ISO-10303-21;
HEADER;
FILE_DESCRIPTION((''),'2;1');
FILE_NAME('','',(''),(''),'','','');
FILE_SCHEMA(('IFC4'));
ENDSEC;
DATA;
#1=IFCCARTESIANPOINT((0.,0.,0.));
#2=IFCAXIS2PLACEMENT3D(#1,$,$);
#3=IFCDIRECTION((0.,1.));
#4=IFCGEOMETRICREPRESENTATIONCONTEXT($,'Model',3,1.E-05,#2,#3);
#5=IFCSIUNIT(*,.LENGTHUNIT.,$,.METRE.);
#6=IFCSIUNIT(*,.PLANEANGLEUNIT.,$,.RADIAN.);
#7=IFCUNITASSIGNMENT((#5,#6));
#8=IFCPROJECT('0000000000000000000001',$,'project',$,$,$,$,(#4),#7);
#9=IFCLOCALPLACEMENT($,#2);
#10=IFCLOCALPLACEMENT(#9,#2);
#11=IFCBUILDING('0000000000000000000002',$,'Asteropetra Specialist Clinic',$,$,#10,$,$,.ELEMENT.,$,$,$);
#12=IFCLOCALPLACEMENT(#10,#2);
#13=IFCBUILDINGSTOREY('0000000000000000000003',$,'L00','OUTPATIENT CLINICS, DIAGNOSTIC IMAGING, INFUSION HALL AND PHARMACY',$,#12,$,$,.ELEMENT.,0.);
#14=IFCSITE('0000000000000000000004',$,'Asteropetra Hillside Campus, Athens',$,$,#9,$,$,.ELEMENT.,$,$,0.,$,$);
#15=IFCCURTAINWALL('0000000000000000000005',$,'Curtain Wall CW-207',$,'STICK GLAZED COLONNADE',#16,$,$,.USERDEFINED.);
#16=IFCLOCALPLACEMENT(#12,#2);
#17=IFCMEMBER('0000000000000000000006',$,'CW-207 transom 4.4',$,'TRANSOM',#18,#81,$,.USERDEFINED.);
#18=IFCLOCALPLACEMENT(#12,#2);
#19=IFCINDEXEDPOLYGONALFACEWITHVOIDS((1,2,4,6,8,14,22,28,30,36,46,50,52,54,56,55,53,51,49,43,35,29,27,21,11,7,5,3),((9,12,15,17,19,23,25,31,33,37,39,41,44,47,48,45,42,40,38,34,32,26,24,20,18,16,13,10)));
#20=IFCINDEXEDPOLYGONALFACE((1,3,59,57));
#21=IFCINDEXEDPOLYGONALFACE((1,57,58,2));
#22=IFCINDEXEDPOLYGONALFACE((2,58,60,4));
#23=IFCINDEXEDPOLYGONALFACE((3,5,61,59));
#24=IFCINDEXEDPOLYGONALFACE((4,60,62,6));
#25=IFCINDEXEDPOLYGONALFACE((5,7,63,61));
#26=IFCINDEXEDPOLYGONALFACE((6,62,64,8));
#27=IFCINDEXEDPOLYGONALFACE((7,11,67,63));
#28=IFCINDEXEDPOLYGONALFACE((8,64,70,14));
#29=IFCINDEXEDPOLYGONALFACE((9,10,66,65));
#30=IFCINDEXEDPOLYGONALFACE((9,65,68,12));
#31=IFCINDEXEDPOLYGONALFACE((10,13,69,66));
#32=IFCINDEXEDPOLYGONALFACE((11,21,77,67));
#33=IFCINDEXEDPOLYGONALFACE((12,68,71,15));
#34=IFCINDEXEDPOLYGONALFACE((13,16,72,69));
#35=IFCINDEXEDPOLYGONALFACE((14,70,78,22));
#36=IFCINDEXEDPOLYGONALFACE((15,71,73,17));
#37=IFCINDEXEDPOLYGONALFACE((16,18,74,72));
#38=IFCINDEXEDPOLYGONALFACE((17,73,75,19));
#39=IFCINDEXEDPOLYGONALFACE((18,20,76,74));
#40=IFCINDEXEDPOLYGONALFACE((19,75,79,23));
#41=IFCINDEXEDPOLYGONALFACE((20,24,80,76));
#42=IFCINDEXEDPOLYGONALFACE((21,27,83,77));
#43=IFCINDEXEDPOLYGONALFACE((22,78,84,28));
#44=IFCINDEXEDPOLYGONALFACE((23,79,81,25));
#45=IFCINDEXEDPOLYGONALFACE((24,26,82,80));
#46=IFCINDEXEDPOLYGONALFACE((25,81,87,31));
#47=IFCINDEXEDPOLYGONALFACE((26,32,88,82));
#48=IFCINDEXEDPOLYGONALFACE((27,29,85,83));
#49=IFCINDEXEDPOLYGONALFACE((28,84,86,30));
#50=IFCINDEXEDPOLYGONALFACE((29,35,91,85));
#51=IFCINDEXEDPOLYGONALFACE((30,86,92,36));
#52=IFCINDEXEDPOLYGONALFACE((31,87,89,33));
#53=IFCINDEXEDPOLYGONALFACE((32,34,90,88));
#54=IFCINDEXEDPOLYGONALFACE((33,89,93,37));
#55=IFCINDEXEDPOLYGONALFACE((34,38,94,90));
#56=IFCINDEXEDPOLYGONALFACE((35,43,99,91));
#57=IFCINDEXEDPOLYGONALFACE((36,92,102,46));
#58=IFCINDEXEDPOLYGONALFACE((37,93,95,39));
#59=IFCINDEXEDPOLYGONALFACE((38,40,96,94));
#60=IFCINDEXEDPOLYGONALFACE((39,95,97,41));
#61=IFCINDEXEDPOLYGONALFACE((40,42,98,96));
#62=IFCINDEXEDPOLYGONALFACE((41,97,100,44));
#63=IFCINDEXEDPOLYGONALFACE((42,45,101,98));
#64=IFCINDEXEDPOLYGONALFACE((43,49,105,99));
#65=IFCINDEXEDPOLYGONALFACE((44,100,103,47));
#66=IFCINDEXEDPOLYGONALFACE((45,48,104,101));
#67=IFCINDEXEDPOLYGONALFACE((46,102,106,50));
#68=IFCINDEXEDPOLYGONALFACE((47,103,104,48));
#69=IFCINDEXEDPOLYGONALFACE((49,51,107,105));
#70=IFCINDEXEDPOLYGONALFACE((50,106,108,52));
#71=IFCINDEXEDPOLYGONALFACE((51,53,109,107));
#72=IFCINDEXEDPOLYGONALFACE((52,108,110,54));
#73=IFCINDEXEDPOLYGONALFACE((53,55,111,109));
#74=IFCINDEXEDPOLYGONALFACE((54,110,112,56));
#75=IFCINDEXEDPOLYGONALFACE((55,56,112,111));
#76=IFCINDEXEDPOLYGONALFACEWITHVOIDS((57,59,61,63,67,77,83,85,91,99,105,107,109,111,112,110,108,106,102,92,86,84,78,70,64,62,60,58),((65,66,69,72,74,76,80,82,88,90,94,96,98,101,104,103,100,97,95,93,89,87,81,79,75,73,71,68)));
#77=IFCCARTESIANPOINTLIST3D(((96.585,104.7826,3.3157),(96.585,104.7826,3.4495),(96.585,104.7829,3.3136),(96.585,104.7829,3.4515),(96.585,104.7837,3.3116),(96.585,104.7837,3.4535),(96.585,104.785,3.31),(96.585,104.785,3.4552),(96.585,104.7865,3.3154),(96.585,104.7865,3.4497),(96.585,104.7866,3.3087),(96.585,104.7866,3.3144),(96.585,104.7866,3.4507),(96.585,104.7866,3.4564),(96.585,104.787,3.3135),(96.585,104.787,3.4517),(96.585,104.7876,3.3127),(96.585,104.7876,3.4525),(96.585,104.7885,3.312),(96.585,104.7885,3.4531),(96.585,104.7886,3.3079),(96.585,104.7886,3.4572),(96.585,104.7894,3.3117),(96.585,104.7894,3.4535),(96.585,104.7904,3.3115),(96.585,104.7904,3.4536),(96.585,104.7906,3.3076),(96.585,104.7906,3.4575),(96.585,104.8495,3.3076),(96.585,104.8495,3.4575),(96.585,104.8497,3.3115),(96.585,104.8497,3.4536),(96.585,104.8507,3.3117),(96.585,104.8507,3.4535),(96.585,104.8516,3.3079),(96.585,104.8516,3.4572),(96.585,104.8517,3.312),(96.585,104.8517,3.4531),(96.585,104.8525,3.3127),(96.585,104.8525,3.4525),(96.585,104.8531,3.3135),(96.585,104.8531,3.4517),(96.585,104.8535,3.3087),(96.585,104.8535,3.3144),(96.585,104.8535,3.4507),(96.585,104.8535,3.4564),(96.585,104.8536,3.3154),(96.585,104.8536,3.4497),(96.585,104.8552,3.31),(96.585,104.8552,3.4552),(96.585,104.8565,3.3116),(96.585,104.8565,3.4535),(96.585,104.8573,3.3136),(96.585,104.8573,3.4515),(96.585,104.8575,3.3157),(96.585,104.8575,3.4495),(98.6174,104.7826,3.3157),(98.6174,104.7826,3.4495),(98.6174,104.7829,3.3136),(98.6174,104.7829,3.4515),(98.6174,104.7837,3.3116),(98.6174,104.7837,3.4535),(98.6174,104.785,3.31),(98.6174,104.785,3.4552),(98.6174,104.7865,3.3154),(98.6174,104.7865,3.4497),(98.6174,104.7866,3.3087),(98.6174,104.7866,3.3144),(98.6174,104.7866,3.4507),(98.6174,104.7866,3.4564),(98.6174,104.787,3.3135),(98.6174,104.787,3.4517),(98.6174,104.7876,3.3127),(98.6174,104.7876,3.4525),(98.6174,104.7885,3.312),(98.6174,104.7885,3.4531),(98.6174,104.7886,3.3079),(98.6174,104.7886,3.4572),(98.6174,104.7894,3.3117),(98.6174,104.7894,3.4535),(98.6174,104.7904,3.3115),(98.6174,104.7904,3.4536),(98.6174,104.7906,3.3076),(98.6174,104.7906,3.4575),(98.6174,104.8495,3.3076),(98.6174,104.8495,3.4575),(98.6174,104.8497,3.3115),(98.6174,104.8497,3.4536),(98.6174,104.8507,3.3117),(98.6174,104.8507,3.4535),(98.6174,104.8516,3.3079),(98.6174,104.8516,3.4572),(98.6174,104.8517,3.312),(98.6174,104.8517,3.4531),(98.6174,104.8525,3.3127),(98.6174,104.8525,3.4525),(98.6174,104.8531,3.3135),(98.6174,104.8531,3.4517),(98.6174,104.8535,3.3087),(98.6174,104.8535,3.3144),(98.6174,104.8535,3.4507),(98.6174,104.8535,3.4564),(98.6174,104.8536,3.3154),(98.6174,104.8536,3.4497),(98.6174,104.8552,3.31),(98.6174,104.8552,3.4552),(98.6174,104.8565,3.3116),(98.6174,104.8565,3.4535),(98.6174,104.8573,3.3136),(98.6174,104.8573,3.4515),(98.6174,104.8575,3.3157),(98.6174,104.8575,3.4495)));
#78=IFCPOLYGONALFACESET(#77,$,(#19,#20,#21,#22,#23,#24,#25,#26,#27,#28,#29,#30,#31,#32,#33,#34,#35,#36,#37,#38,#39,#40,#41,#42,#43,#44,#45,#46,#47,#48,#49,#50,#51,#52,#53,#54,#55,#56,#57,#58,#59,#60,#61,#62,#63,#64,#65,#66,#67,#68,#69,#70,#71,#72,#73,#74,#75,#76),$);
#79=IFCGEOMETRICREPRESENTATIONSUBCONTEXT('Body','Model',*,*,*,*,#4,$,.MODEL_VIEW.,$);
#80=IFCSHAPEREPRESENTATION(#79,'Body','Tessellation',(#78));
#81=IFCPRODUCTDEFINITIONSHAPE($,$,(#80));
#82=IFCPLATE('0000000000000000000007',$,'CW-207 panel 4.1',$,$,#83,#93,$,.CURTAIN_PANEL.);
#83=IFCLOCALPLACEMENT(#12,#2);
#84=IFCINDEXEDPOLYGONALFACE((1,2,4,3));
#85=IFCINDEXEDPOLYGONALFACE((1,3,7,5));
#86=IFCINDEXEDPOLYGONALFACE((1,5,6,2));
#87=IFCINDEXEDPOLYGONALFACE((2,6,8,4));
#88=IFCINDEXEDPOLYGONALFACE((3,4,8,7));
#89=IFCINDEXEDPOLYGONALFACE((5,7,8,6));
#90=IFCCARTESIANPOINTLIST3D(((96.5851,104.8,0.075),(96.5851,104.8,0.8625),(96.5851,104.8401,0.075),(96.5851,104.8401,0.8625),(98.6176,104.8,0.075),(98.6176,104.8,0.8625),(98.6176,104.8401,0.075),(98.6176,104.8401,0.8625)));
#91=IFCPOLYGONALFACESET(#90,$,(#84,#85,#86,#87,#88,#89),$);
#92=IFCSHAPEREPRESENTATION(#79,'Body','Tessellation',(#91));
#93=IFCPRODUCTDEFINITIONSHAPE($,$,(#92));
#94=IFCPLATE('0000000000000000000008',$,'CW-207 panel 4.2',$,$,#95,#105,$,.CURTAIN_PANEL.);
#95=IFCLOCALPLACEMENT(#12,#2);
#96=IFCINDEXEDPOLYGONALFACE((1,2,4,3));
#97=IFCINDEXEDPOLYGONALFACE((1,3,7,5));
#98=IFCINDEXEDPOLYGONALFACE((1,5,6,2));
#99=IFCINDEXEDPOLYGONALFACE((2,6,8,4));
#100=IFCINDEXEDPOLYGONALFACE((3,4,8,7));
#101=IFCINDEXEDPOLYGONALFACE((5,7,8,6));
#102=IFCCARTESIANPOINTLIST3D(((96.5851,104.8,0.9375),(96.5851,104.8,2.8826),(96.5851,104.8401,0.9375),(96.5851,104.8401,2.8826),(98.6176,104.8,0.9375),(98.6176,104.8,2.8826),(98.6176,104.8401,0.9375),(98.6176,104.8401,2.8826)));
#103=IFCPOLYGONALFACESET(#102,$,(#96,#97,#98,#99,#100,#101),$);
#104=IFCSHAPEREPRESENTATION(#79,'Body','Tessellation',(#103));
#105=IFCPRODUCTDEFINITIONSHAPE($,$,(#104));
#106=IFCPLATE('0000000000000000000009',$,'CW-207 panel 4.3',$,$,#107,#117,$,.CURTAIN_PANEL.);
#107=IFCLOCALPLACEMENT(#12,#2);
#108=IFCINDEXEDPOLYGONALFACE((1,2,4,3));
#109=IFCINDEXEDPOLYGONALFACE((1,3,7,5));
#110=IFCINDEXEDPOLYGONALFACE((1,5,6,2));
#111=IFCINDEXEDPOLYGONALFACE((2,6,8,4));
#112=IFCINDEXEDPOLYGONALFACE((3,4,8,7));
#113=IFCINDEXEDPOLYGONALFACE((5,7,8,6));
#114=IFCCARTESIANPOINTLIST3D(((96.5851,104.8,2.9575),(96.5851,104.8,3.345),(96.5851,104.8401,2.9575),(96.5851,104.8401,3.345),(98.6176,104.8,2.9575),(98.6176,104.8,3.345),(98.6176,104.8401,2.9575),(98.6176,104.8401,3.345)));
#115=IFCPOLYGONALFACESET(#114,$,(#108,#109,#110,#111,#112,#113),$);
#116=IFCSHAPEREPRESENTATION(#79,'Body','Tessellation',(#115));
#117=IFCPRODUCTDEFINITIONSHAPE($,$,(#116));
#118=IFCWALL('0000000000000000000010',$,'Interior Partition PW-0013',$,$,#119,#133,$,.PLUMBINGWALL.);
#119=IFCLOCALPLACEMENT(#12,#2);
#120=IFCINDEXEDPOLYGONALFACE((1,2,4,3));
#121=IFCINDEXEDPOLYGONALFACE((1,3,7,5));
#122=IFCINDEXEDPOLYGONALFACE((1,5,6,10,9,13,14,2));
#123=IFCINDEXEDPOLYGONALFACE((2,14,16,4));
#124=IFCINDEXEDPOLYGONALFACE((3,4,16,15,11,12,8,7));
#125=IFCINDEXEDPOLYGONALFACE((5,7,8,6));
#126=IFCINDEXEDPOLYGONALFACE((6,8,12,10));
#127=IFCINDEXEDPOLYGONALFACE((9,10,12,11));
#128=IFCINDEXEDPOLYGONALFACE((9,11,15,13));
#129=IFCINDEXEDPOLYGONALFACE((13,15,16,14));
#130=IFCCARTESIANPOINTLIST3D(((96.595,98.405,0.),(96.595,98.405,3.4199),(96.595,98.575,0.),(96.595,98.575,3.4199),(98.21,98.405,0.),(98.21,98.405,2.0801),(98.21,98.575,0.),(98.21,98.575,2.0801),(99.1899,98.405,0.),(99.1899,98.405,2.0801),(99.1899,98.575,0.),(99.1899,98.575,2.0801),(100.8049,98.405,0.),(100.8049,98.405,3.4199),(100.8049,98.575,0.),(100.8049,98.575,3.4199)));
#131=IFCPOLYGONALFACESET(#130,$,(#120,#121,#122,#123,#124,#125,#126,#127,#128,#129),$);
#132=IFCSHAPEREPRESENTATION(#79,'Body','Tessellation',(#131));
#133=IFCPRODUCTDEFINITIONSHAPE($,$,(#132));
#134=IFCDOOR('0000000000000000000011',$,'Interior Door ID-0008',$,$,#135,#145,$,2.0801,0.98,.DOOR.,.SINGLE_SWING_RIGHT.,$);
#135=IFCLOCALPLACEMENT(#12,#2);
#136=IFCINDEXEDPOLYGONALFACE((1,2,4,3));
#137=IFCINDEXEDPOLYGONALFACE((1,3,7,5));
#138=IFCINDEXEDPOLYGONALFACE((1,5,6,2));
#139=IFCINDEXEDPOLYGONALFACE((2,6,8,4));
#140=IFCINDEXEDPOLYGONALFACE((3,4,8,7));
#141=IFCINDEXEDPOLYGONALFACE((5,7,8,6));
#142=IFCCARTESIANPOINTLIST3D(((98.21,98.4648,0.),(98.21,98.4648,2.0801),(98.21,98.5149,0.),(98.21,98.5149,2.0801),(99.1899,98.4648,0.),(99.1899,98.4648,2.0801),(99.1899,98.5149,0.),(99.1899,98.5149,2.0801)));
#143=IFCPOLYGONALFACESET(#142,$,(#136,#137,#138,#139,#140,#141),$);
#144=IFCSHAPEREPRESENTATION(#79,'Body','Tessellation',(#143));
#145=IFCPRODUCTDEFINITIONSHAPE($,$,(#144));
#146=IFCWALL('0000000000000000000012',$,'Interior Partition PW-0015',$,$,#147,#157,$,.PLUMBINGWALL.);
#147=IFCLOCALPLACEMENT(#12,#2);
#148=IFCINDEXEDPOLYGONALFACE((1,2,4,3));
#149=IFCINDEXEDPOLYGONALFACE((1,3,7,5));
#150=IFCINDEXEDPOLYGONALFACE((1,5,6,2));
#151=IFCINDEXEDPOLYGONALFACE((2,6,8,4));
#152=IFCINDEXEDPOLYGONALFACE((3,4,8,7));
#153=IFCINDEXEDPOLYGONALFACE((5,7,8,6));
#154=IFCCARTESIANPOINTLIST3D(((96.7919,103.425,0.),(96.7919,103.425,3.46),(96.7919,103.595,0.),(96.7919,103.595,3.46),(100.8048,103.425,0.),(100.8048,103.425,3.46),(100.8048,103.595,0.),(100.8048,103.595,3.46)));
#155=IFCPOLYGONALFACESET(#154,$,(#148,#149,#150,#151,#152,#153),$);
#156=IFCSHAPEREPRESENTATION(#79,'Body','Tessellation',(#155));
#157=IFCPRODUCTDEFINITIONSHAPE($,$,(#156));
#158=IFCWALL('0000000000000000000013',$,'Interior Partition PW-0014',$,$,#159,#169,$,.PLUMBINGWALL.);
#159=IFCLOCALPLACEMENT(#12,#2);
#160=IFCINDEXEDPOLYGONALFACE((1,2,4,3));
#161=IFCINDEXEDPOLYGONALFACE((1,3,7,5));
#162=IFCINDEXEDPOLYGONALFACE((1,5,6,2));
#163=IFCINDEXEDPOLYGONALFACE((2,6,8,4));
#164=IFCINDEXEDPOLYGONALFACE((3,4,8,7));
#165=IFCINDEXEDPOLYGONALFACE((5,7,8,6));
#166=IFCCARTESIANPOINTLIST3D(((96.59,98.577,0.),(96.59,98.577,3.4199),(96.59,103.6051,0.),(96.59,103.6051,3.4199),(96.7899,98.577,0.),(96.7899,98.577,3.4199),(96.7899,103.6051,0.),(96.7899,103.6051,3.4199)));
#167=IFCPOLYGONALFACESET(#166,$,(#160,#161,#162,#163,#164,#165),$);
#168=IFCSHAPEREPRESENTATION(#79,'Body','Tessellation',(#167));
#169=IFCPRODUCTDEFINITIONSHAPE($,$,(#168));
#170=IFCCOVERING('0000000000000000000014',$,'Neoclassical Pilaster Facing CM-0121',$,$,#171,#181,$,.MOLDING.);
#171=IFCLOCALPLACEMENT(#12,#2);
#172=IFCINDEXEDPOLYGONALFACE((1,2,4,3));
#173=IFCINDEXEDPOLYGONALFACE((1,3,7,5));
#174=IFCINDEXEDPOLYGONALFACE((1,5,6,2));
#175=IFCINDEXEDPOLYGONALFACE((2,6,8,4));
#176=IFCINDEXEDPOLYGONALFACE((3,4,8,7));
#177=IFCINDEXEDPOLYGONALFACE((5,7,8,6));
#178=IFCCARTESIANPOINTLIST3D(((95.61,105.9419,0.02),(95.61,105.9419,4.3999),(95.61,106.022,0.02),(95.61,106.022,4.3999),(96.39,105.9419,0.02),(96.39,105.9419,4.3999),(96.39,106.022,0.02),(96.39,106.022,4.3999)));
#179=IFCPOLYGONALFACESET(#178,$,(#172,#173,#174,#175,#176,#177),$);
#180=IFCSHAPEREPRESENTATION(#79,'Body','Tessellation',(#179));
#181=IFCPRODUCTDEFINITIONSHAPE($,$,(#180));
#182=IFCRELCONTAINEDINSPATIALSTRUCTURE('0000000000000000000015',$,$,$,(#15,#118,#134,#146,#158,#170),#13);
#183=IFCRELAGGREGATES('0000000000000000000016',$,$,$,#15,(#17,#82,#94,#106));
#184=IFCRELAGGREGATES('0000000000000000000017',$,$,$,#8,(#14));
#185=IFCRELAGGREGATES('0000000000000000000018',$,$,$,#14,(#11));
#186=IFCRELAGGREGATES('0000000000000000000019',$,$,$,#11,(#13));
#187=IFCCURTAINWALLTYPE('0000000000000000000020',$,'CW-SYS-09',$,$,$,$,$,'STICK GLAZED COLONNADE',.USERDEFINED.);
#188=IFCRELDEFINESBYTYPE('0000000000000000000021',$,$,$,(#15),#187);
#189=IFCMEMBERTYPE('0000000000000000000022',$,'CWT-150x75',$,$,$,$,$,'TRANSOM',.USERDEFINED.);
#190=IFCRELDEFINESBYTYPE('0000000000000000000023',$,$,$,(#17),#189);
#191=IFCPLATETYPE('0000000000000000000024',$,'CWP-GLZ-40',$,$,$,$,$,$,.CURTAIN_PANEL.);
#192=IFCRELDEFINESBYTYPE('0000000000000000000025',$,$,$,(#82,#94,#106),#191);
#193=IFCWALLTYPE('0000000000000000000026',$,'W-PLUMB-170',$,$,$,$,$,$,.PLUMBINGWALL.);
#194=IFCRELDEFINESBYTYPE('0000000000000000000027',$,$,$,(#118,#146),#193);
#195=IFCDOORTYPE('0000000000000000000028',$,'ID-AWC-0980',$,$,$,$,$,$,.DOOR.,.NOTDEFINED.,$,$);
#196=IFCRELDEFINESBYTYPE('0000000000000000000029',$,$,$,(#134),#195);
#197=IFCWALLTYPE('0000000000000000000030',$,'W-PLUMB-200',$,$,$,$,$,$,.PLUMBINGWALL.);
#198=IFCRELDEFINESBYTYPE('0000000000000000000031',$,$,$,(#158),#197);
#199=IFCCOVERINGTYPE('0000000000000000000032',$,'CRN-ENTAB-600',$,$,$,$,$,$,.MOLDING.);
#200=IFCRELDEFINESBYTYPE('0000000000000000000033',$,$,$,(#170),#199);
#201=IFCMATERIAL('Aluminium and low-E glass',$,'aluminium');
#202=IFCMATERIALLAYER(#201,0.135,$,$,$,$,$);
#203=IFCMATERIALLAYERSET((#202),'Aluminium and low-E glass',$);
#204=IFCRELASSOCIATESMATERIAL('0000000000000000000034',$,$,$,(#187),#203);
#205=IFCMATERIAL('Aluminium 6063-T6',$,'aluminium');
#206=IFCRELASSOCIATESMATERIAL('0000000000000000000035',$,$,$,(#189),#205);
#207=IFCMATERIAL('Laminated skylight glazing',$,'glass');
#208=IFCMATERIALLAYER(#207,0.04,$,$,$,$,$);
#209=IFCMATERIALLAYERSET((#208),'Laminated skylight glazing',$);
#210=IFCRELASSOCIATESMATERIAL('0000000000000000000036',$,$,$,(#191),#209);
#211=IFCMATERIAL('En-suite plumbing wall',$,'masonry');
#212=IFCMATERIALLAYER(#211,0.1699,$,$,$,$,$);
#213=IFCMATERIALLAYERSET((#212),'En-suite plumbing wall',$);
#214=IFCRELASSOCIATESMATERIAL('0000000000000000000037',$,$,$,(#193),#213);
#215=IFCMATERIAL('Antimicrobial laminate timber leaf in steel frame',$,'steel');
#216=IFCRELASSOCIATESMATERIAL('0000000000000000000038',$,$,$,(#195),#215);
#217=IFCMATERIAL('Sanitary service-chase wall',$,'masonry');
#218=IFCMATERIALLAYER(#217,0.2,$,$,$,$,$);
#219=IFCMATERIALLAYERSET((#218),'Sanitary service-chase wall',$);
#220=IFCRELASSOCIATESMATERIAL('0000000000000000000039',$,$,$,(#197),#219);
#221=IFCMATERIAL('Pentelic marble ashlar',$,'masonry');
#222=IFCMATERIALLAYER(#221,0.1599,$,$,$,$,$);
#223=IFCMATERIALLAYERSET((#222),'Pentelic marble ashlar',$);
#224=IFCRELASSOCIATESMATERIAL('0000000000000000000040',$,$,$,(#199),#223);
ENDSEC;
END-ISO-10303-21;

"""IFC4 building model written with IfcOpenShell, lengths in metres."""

from ifc_helpers import new_model, si_unit, direction, frame, frame_2d, origin, origin_2d, place, context, subcontext, project, spatial, rectangle, hollow_rectangle, extrude, material, layer, layer_set, material_profile, profile_set, type_object, element, fill, aggregate, save


model = new_model("IFC4")

# Units and contexts
model_context = context("Model", 3, precision=1e-05, world=origin(), true_north=direction((0.0, 1.0)))
body_context = subcontext(model_context, "Body", "Model", "MODEL_VIEW")
ifc_project = project(units=[si_unit("LENGTHUNIT", "METRE"), si_unit("PLANEANGLEUNIT", "RADIAN")], contexts=[model_context])

# Site, building, storey
site_placement = place(None, origin())
site = spatial("IfcSite", under=ifc_project, at=site_placement, Name="Asteropetra Hillside Campus, Athens", CompositionType="ELEMENT", RefElevation=0.0)
building_placement = place(site_placement, origin())
building = spatial("IfcBuilding", under=site, at=building_placement, Name="Asteropetra Specialist Clinic", CompositionType="ELEMENT")
storey_placement = place(building_placement, origin())
storey = spatial("IfcBuildingStorey", under=building, at=storey_placement, Name="L00", Description="OUTPATIENT CLINICS, DIAGNOSTIC IMAGING, INFUSION HALL AND PHARMACY", CompositionType="ELEMENT", Elevation=0.0)

# Curtain wall, member, plates
ifc_material_1 = material(Name="Aluminium and low-E glass", Category="aluminium")
ifc_layer_1 = layer(ifc_material_1, 0.135)
ifc_layer_set_1 = layer_set([ifc_layer_1], Name="Aluminium and low-E glass")
curtain_wall_type = type_object("IfcCurtainWallType", Name="CW-SYS-09", ElementType="STICK GLAZED COLONNADE", PredefinedType="USERDEFINED", material=ifc_layer_set_1)
curtain_wall_placement = place(storey_placement, origin())
curtain_wall = element("IfcCurtainWall", 1, at=curtain_wall_placement, inside=storey, type_object=curtain_wall_type, Name="Curtain Wall CW-207", ObjectType="STICK GLAZED COLONNADE", PredefinedType="USERDEFINED")
ifc_material_2 = material(Name="Aluminium 6063-T6", Category="aluminium")
ifc_material_profile_1 = material_profile(ifc_material_2, hollow_rectangle(XDim=0.075, YDim=0.1499, WallThickness=0.0039, InnerFilletRadius=0.0039, OuterFilletRadius=0.0081, at=origin_2d()), Name="TRN 150x75x4.0")
ifc_profile_set_1 = profile_set([ifc_material_profile_1], Name="Aluminium 6063-T6")
member_type_1 = type_object("IfcMemberType", Name="CWT-150x75", ElementType="TRANSOM", PredefinedType="USERDEFINED", material=ifc_profile_set_1)
member_1_placement = place(storey_placement, frame((98.6174, 104.8201, 3.3826), z_axis=(-1.0, 0.0, 0.0), x_axis=(0.0, -1.0, 0.0)))
member_1 = element("IfcMember", 2, at=member_1_placement, type_object=member_type_1, Name="CW-207 transom 4.4", ObjectType="TRANSOM", PredefinedType="USERDEFINED", context=body_context, shape_type="SweptSolid", body=[
    extrude(hollow_rectangle(XDim=0.075, YDim=0.1499, WallThickness=0.0039, InnerFilletRadius=0.0039, OuterFilletRadius=0.0081, at=origin_2d()), origin(), (0.0, 0.0, 1.0), 2.0325),
])
ifc_material_3 = material(Name="Laminated skylight glazing", Category="glass")
ifc_layer_2 = layer(ifc_material_3, 0.04)
ifc_layer_set_2 = layer_set([ifc_layer_2], Name="Laminated skylight glazing")
plate_type = type_object("IfcPlateType", Name="CWP-GLZ-40", PredefinedType="CURTAIN_PANEL", material=ifc_layer_set_2)
plate_1_placement = place(storey_placement, frame((97.6013, 104.8201, 0.075), z_axis=(0.0, 0.0, 1.0), x_axis=(-1.0, 0.0, 0.0)))
plate_1 = element("IfcPlate", 3, at=plate_1_placement, type_object=plate_type, Name="CW-207 panel 4.1", PredefinedType="CURTAIN_PANEL", context=body_context, shape_type="SweptSolid", body=[
    extrude(rectangle(XDim=2.0325, YDim=0.04, at=origin_2d()), origin(), (0.0, 0.0, 1.0), 0.7876),
])
plate_2_placement = place(storey_placement, frame((97.6013, 104.8201, 0.9375), z_axis=(0.0, 0.0, 1.0), x_axis=(-1.0, 0.0, 0.0)))
plate_2 = element("IfcPlate", 4, at=plate_2_placement, type_object=plate_type, Name="CW-207 panel 4.2", PredefinedType="CURTAIN_PANEL", context=body_context, shape_type="SweptSolid", body=[
    extrude(rectangle(XDim=2.0325, YDim=0.04, at=origin_2d()), origin(), (0.0, 0.0, 1.0), 1.9451),
])
plate_3_placement = place(storey_placement, frame((97.6013, 104.8201, 2.9575), z_axis=(0.0, 0.0, 1.0), x_axis=(-1.0, 0.0, 0.0)))
plate_3 = element("IfcPlate", 5, at=plate_3_placement, type_object=plate_type, Name="CW-207 panel 4.3", PredefinedType="CURTAIN_PANEL", context=body_context, shape_type="SweptSolid", body=[
    extrude(rectangle(XDim=2.0325, YDim=0.04, at=origin_2d()), origin(), (0.0, 0.0, 1.0), 0.3875),
])
aggregate(curtain_wall, [member_1, plate_1, plate_2, plate_3])

# Wall, opening, door
ifc_material_4 = material(Name="En-suite plumbing wall", Category="masonry")
ifc_layer_3 = layer(ifc_material_4, 0.1699)
ifc_layer_set_3 = layer_set([ifc_layer_3], Name="En-suite plumbing wall")
wall_type_1 = type_object("IfcWallType", Name="W-PLUMB-170", PredefinedType="PLUMBINGWALL", material=ifc_layer_set_3)
wall_1_placement = place(storey_placement, frame((96.595, 98.49, 0.0), z_axis=(0.0, 0.0, 1.0), x_axis=(1.0, 0.0, 0.0)))
wall_1 = element("IfcWall", 6, at=wall_1_placement, inside=storey, type_object=wall_type_1, Name="Interior Partition PW-0013", PredefinedType="PLUMBINGWALL", context=body_context, shape_type="SweptSolid", body=[
    extrude(rectangle(XDim=4.21, YDim=0.1699, at=frame_2d((2.105, 0.0))), origin(), (0.0, 0.0, 1.0), 3.4199),
])
opening_placement = place(wall_1_placement, frame((1.615, 0.0, 0.0)))
opening = element("IfcOpeningElement", 7, at=opening_placement, cuts=wall_1, PredefinedType="OPENING", context=body_context, shape_type="SweptSolid", body=[
    extrude(rectangle(XDim=0.98, YDim=2.0801, at=frame_2d((0.49, 1.04))), frame((0.0, 0.095, 0.0), z_axis=(0.0, -1.0, 0.0), x_axis=(1.0, 0.0, 0.0)), (0.0, 0.0, 1.0), 0.1899),
])
ifc_material_5 = material(Name="Antimicrobial laminate timber leaf in steel frame", Category="steel")
door_type = type_object("IfcDoorType", Name="ID-AWC-0980", OperationType="NOTDEFINED", PredefinedType="DOOR", material=ifc_material_5)
door_placement = place(opening_placement, origin())
door = element("IfcDoor", 8, at=door_placement, inside=storey, type_object=door_type, Name="Interior Door ID-0008", OperationType="SINGLE_SWING_RIGHT", OverallHeight=2.0801, OverallWidth=0.98, PredefinedType="DOOR", context=body_context, shape_type="SweptSolid", body=[
    extrude(rectangle(XDim=0.98, YDim=2.0801, at=frame_2d((0.49, 1.04))), frame((0.0, 0.0249, 0.0), z_axis=(0.0, -1.0, 0.0), x_axis=(1.0, 0.0, 0.0)), (0.0, 0.0, 1.0), 0.05),
])
fill(opening, door)

# Walls
wall_2_placement = place(storey_placement, frame((96.792, 103.51, 0.0), z_axis=(0.0, 0.0, 1.0), x_axis=(1.0, 0.0, 0.0)))
element("IfcWall", 9, at=wall_2_placement, inside=storey, type_object=wall_type_1, Name="Interior Partition PW-0015", PredefinedType="PLUMBINGWALL", context=body_context, shape_type="SweptSolid", body=[
    extrude(rectangle(XDim=4.0129, YDim=0.1699, at=frame_2d((2.0063, 0.0))), origin(), (0.0, 0.0, 1.0), 3.46),
])
ifc_material_6 = material(Name="Sanitary service-chase wall", Category="masonry")
ifc_layer_4 = layer(ifc_material_6, 0.2)
ifc_layer_set_4 = layer_set([ifc_layer_4], Name="Sanitary service-chase wall")
wall_type_2 = type_object("IfcWallType", Name="W-PLUMB-200", PredefinedType="PLUMBINGWALL", material=ifc_layer_set_4)
wall_3_placement = place(storey_placement, frame((96.6899, 98.5769, 0.0), z_axis=(0.0, 0.0, 1.0), x_axis=(0.0, 1.0, 0.0)))
element("IfcWall", 10, at=wall_3_placement, inside=storey, type_object=wall_type_2, Name="Interior Partition PW-0014", PredefinedType="PLUMBINGWALL", context=body_context, shape_type="SweptSolid", body=[
    extrude(rectangle(XDim=5.0281, YDim=0.2, at=frame_2d((2.5142, 0.0))), origin(), (0.0, 0.0, 1.0), 3.4199),
])

# Covering
ifc_material_7 = material(Name="Pentelic marble ashlar", Category="masonry")
ifc_layer_5 = layer(ifc_material_7, 0.1599)
ifc_layer_set_5 = layer_set([ifc_layer_5], Name="Pentelic marble ashlar")
covering_type = type_object("IfcCoveringType", Name="CRN-ENTAB-600", PredefinedType="MOLDING", material=ifc_layer_set_5)
covering_placement = place(storey_placement, frame((96.0, 105.9819, 0.02), z_axis=(0.0, 0.0, 1.0), x_axis=(1.0, 0.0, 0.0)))
element("IfcCovering", 11, at=covering_placement, inside=storey, type_object=covering_type, Name="Neoclassical Pilaster Facing CM-0121", PredefinedType="MOLDING", context=body_context, shape_type="SweptSolid", body=[
    extrude(rectangle(XDim=0.78, YDim=0.0801, at=origin_2d()), origin(), (0.0, 0.0, 1.0), 4.3799),
])

save(model, "model.ifc")
